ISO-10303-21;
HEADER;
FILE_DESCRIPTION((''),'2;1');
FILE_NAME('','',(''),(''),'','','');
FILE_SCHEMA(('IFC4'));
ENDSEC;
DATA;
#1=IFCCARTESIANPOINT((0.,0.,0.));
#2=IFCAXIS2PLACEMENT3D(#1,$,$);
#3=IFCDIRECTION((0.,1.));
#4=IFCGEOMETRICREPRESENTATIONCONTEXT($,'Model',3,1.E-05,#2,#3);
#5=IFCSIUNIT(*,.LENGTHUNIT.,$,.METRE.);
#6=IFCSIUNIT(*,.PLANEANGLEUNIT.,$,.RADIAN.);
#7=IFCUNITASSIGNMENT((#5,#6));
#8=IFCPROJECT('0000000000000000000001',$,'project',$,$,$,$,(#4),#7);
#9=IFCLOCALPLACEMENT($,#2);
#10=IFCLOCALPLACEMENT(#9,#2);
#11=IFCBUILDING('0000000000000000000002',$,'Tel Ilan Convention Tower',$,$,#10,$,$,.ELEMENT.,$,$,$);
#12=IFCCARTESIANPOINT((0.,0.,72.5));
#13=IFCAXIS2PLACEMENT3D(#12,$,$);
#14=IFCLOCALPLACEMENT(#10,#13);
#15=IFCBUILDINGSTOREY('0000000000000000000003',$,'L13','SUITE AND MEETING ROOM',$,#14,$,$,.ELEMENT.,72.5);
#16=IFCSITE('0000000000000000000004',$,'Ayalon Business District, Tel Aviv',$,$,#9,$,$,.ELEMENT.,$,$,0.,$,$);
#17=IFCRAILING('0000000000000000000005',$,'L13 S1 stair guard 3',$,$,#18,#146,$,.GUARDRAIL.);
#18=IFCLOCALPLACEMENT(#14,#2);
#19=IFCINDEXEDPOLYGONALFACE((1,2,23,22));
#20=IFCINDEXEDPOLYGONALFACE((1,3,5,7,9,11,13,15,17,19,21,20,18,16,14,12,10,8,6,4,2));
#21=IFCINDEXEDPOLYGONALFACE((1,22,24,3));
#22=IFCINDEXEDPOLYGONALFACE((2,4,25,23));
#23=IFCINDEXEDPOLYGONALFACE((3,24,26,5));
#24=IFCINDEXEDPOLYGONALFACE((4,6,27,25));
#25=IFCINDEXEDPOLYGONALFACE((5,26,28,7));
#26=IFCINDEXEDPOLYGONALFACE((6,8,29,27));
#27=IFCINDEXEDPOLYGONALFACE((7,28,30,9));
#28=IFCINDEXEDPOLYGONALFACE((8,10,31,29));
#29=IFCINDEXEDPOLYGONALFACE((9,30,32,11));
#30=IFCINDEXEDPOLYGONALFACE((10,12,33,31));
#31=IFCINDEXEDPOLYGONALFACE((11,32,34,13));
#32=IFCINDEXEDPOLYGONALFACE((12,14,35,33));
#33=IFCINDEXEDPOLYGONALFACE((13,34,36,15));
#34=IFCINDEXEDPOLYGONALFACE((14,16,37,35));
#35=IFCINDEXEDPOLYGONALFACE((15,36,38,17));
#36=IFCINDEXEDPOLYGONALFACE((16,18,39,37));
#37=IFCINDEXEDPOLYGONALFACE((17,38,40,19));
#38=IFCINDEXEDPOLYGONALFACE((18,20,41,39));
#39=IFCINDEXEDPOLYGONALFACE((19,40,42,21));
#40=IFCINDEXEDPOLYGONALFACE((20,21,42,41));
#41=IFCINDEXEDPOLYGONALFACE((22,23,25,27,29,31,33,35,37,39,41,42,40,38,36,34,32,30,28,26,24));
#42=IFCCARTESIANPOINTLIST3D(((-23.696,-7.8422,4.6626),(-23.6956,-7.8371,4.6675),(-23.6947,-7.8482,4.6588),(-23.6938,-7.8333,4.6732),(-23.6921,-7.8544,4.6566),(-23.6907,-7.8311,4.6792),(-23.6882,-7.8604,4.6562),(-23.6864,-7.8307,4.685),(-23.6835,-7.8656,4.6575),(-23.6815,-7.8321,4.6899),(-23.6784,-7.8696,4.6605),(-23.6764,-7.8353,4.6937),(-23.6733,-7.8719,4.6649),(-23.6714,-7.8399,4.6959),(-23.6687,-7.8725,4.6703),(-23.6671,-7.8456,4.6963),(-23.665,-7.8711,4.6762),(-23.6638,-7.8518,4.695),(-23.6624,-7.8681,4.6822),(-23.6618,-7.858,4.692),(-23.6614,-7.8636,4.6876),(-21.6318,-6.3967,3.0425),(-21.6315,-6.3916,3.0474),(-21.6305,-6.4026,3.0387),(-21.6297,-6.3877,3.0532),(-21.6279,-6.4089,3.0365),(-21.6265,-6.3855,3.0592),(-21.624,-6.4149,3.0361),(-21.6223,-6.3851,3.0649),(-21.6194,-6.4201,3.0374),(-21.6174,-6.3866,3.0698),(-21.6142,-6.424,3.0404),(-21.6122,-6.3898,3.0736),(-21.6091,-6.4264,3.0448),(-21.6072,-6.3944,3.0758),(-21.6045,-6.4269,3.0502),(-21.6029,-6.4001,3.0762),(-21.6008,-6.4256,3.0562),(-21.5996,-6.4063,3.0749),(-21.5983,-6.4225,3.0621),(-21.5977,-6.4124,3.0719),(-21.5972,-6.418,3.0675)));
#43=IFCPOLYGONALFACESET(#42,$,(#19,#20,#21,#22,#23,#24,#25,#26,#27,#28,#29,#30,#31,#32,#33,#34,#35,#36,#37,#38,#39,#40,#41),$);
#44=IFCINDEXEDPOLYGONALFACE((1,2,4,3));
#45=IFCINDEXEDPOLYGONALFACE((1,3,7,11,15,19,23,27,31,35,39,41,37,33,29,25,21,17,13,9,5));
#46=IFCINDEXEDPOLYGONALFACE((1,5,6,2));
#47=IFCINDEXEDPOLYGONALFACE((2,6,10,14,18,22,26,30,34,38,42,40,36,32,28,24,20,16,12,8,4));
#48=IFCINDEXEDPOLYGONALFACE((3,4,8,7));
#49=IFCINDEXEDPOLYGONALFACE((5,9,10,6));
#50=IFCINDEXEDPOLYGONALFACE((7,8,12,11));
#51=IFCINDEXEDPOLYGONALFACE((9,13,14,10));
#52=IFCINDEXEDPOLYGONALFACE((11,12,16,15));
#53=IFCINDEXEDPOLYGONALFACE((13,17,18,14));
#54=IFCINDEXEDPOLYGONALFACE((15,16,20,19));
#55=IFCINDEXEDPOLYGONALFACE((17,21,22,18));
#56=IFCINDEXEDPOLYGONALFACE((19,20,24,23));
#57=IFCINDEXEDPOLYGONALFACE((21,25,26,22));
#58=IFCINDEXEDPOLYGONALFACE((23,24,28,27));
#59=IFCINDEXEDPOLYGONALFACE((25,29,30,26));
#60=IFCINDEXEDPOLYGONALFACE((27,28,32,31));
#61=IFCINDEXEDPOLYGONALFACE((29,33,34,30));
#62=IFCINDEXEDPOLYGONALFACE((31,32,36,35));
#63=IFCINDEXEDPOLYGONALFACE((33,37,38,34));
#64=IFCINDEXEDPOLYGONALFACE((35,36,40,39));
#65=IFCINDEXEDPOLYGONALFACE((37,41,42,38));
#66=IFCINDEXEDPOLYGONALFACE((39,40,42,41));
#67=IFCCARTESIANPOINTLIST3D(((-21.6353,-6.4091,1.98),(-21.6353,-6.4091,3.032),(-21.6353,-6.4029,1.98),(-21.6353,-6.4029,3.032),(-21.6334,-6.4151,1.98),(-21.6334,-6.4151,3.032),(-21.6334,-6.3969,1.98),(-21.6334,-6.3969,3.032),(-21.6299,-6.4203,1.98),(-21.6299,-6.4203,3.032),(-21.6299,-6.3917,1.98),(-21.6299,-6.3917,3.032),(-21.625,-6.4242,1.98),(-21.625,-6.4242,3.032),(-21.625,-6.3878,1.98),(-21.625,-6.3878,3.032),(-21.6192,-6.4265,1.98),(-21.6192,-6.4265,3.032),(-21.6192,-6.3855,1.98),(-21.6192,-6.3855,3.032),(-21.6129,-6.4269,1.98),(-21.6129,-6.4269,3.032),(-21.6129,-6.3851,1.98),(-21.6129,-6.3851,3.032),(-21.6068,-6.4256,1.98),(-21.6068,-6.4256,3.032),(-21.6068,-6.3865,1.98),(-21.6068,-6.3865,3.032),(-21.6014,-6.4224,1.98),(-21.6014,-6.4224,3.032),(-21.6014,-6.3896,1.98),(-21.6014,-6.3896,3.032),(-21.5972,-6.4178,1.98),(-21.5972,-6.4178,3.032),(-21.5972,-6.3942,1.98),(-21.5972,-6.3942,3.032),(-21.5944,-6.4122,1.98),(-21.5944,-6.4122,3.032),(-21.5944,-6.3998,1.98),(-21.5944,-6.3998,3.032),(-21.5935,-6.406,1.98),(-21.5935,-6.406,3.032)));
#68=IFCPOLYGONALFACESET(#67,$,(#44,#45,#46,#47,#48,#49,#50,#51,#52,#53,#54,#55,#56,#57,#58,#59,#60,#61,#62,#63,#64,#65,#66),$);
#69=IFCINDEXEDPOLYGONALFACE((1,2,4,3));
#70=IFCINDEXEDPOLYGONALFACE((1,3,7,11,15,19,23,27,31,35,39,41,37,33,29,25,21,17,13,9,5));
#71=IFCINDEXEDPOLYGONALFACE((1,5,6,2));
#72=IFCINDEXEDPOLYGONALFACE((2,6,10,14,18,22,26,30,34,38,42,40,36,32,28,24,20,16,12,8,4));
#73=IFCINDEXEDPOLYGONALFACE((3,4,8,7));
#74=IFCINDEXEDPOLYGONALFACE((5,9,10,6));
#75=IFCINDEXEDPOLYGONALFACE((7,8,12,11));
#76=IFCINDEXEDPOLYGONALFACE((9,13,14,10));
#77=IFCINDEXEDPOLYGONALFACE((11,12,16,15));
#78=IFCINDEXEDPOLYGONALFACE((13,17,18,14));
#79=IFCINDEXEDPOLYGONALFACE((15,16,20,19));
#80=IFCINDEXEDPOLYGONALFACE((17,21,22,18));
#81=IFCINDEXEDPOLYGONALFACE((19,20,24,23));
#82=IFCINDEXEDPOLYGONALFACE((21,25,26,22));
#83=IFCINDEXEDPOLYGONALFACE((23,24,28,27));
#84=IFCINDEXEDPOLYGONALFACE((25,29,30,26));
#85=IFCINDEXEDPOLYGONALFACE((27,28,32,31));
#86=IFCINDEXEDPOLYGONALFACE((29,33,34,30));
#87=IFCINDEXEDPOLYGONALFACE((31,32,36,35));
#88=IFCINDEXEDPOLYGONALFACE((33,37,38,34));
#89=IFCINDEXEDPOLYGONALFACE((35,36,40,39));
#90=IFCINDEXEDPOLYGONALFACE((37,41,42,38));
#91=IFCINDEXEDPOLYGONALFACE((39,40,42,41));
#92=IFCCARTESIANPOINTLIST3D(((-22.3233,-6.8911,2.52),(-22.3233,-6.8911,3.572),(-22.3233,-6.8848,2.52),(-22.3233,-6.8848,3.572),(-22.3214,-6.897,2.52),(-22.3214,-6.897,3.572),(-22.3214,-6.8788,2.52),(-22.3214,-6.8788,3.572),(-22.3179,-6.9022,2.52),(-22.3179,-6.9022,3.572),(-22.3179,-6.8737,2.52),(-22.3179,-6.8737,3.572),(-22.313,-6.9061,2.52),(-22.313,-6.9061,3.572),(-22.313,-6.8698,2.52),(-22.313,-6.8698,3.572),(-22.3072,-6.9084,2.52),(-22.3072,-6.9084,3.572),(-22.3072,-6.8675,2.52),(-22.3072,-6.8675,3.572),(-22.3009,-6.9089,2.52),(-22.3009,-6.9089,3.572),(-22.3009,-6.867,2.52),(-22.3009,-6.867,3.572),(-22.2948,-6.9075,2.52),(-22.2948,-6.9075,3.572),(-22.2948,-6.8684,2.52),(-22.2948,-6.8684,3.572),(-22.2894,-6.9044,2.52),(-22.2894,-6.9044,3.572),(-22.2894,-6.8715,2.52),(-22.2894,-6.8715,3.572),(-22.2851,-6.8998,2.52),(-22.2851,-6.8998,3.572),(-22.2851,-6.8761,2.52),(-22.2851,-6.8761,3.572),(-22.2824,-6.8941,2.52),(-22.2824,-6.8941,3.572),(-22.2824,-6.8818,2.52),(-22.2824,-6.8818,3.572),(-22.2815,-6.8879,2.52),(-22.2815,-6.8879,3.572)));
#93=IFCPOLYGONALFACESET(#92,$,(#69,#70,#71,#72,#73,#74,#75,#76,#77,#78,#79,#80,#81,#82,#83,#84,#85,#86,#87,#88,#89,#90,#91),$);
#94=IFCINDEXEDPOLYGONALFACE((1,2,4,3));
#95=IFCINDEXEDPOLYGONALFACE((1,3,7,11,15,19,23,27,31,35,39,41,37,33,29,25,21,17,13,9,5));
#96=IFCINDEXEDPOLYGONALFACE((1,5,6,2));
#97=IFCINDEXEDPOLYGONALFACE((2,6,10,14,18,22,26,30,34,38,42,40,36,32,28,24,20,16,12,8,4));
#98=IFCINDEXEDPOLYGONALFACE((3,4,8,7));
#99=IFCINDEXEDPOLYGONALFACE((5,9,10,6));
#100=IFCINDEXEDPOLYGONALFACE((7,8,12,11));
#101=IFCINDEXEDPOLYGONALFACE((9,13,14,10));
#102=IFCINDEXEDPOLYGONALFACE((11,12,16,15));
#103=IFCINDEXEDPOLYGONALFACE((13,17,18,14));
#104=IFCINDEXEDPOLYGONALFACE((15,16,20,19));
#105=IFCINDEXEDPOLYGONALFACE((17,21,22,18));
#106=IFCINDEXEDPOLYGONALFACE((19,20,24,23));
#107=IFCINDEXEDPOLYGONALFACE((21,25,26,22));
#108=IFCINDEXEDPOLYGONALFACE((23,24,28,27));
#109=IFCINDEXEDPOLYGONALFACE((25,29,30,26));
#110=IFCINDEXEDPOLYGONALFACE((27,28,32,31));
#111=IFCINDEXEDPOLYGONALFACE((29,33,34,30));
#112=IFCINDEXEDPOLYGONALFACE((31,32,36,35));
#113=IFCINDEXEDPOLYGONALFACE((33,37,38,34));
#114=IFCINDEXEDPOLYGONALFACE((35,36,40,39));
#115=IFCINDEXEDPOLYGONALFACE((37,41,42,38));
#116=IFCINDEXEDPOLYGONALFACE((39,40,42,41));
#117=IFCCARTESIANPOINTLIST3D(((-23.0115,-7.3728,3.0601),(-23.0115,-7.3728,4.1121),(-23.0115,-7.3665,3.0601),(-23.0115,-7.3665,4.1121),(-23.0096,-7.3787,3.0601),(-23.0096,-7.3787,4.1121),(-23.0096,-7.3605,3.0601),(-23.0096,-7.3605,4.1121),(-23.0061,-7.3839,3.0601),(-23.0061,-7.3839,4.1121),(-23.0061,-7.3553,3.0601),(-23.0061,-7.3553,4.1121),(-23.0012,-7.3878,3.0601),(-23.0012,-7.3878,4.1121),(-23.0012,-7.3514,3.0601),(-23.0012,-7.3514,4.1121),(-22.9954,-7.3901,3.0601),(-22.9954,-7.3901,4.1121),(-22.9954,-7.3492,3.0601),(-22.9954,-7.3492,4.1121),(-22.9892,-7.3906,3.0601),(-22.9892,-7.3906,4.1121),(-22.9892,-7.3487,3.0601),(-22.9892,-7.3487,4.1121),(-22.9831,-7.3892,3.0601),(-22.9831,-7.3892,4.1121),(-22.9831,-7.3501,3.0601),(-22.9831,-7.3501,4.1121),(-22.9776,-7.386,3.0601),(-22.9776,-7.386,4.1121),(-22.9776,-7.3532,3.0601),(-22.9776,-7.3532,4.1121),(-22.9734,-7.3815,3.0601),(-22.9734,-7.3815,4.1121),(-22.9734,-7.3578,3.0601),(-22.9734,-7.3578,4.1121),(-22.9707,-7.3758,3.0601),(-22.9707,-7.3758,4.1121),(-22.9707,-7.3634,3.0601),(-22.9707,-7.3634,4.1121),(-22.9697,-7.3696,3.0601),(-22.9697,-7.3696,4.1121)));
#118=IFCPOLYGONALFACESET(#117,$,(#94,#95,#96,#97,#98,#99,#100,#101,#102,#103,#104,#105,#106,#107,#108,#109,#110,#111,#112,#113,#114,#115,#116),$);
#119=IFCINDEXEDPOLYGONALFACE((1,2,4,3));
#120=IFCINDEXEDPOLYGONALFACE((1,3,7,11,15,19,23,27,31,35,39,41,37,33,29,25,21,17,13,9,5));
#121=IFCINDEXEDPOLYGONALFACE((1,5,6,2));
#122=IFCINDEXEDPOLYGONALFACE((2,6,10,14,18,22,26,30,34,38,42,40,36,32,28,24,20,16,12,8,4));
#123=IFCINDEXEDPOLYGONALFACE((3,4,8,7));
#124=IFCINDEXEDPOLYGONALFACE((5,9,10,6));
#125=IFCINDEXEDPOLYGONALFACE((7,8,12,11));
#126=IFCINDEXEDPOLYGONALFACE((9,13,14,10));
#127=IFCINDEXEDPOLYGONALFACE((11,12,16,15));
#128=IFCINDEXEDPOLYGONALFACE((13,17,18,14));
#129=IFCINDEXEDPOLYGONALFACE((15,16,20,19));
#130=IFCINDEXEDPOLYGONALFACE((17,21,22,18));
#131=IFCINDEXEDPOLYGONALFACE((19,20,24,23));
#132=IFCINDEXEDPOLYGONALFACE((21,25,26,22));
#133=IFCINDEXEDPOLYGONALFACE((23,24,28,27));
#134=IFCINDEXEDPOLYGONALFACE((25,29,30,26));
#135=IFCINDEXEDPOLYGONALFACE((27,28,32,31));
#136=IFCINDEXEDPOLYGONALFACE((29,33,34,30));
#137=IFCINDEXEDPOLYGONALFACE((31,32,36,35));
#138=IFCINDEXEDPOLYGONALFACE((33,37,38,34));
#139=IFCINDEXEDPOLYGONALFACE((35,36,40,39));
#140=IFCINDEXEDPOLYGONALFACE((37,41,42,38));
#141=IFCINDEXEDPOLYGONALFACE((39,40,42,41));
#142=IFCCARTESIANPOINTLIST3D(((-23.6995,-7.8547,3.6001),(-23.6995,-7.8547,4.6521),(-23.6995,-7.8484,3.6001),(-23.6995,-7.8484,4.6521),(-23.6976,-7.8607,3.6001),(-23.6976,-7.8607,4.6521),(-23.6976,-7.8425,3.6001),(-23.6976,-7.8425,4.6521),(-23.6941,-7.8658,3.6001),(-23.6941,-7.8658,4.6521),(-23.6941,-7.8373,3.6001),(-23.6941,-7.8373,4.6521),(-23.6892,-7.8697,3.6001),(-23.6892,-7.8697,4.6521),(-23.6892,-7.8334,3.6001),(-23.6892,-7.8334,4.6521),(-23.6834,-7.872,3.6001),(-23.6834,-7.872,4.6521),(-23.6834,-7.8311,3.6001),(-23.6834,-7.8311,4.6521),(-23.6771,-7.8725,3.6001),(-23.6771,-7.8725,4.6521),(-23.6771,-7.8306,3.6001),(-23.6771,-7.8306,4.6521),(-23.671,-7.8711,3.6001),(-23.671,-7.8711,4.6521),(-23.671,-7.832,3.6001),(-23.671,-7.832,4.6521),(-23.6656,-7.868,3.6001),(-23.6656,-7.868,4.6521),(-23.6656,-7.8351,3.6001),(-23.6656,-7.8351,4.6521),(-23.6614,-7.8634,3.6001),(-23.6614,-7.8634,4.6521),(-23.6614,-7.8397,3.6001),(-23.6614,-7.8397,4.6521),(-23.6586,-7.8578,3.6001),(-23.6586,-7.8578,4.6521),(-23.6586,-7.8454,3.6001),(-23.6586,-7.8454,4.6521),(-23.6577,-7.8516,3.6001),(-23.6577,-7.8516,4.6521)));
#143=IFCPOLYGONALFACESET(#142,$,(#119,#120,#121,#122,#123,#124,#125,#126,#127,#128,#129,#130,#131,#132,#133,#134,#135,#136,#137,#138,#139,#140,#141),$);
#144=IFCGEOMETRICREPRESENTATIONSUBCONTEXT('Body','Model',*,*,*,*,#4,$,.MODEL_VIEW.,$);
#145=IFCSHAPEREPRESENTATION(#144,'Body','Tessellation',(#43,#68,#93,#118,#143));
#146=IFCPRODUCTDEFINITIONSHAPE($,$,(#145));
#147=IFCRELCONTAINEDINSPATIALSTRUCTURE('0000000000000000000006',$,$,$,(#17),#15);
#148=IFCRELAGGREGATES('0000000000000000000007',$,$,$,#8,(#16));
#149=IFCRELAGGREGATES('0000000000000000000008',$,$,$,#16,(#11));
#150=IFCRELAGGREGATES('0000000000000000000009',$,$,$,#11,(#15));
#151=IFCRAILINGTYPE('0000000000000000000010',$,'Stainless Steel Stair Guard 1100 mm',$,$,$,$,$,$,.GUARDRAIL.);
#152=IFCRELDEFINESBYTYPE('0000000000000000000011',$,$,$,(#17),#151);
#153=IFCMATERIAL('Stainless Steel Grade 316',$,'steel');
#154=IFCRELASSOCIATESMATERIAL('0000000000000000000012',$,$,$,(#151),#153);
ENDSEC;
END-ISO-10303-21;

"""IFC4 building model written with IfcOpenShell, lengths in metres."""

from ifc_helpers import new_model, si_unit, direction, frame, origin, origin_2d, place, context, subcontext, project, spatial, circle, extrude, material, type_object, element, save


model = new_model("IFC4")

# Units and contexts
model_context = context("Model", 3, precision=1e-05, world=origin(), true_north=direction((0.0, 1.0)))
body_context = subcontext(model_context, "Body", "Model", "MODEL_VIEW")
ifc_project = project(units=[si_unit("LENGTHUNIT", "METRE"), si_unit("PLANEANGLEUNIT", "RADIAN")], contexts=[model_context])

# Site, building, storey
site_placement = place(None, origin())
site = spatial("IfcSite", under=ifc_project, at=site_placement, Name="Ayalon Business District, Tel Aviv", CompositionType="ELEMENT", RefElevation=0.0)
building_placement = place(site_placement, origin())
building = spatial("IfcBuilding", under=site, at=building_placement, Name="Tel Ilan Convention Tower", CompositionType="ELEMENT")
storey_placement = place(building_placement, frame((0.0, 0.0, 72.5)))
storey = spatial("IfcBuildingStorey", under=building, at=storey_placement, Name="L13", Description="SUITE AND MEETING ROOM", CompositionType="ELEMENT", Elevation=72.5)

# Railing
ifc_material_1 = material(Name="Stainless Steel Grade 316", Category="steel")
railing_type_1 = type_object("IfcRailingType", Name="Stainless Steel Stair Guard 1100 mm", PredefinedType="GUARDRAIL", material=ifc_material_1)
railing_1_placement = place(storey_placement, frame((-21.6145, -6.406, 1.98)))
element("IfcRailing", 1, at=railing_1_placement, inside=storey, type_object=railing_type_1, Name="L13 S1 stair guard 3", PredefinedType="GUARDRAIL", context=body_context, shape_type="SweptSolid", body=[
    extrude(circle(Radius=0.0239, at=origin_2d()), frame((0.0, 0.0, 1.0762), z_axis=(-0.689013, -0.482513, 0.540779), x_axis=(0.573625, -0.819118, 0.0)), (0.0, 0.0, 1.0), 2.9958),
    extrude(circle(Radius=0.021, at=origin_2d()), origin(), (0.0, 0.0, 1.0), 1.052),
    extrude(circle(Radius=0.021, at=origin_2d()), frame((-0.688, -0.4819, 0.54)), (0.0, 0.0, 1.0), 1.052),
    extrude(circle(Radius=0.021, at=origin_2d()), frame((-1.3762, -0.9636, 1.0801)), (0.0, 0.0, 1.0), 1.052),
    extrude(circle(Radius=0.021, at=origin_2d()), frame((-2.0642, -1.4456, 1.6201)), (0.0, 0.0, 1.0), 1.052),
])

save(model, "model.ifc")
